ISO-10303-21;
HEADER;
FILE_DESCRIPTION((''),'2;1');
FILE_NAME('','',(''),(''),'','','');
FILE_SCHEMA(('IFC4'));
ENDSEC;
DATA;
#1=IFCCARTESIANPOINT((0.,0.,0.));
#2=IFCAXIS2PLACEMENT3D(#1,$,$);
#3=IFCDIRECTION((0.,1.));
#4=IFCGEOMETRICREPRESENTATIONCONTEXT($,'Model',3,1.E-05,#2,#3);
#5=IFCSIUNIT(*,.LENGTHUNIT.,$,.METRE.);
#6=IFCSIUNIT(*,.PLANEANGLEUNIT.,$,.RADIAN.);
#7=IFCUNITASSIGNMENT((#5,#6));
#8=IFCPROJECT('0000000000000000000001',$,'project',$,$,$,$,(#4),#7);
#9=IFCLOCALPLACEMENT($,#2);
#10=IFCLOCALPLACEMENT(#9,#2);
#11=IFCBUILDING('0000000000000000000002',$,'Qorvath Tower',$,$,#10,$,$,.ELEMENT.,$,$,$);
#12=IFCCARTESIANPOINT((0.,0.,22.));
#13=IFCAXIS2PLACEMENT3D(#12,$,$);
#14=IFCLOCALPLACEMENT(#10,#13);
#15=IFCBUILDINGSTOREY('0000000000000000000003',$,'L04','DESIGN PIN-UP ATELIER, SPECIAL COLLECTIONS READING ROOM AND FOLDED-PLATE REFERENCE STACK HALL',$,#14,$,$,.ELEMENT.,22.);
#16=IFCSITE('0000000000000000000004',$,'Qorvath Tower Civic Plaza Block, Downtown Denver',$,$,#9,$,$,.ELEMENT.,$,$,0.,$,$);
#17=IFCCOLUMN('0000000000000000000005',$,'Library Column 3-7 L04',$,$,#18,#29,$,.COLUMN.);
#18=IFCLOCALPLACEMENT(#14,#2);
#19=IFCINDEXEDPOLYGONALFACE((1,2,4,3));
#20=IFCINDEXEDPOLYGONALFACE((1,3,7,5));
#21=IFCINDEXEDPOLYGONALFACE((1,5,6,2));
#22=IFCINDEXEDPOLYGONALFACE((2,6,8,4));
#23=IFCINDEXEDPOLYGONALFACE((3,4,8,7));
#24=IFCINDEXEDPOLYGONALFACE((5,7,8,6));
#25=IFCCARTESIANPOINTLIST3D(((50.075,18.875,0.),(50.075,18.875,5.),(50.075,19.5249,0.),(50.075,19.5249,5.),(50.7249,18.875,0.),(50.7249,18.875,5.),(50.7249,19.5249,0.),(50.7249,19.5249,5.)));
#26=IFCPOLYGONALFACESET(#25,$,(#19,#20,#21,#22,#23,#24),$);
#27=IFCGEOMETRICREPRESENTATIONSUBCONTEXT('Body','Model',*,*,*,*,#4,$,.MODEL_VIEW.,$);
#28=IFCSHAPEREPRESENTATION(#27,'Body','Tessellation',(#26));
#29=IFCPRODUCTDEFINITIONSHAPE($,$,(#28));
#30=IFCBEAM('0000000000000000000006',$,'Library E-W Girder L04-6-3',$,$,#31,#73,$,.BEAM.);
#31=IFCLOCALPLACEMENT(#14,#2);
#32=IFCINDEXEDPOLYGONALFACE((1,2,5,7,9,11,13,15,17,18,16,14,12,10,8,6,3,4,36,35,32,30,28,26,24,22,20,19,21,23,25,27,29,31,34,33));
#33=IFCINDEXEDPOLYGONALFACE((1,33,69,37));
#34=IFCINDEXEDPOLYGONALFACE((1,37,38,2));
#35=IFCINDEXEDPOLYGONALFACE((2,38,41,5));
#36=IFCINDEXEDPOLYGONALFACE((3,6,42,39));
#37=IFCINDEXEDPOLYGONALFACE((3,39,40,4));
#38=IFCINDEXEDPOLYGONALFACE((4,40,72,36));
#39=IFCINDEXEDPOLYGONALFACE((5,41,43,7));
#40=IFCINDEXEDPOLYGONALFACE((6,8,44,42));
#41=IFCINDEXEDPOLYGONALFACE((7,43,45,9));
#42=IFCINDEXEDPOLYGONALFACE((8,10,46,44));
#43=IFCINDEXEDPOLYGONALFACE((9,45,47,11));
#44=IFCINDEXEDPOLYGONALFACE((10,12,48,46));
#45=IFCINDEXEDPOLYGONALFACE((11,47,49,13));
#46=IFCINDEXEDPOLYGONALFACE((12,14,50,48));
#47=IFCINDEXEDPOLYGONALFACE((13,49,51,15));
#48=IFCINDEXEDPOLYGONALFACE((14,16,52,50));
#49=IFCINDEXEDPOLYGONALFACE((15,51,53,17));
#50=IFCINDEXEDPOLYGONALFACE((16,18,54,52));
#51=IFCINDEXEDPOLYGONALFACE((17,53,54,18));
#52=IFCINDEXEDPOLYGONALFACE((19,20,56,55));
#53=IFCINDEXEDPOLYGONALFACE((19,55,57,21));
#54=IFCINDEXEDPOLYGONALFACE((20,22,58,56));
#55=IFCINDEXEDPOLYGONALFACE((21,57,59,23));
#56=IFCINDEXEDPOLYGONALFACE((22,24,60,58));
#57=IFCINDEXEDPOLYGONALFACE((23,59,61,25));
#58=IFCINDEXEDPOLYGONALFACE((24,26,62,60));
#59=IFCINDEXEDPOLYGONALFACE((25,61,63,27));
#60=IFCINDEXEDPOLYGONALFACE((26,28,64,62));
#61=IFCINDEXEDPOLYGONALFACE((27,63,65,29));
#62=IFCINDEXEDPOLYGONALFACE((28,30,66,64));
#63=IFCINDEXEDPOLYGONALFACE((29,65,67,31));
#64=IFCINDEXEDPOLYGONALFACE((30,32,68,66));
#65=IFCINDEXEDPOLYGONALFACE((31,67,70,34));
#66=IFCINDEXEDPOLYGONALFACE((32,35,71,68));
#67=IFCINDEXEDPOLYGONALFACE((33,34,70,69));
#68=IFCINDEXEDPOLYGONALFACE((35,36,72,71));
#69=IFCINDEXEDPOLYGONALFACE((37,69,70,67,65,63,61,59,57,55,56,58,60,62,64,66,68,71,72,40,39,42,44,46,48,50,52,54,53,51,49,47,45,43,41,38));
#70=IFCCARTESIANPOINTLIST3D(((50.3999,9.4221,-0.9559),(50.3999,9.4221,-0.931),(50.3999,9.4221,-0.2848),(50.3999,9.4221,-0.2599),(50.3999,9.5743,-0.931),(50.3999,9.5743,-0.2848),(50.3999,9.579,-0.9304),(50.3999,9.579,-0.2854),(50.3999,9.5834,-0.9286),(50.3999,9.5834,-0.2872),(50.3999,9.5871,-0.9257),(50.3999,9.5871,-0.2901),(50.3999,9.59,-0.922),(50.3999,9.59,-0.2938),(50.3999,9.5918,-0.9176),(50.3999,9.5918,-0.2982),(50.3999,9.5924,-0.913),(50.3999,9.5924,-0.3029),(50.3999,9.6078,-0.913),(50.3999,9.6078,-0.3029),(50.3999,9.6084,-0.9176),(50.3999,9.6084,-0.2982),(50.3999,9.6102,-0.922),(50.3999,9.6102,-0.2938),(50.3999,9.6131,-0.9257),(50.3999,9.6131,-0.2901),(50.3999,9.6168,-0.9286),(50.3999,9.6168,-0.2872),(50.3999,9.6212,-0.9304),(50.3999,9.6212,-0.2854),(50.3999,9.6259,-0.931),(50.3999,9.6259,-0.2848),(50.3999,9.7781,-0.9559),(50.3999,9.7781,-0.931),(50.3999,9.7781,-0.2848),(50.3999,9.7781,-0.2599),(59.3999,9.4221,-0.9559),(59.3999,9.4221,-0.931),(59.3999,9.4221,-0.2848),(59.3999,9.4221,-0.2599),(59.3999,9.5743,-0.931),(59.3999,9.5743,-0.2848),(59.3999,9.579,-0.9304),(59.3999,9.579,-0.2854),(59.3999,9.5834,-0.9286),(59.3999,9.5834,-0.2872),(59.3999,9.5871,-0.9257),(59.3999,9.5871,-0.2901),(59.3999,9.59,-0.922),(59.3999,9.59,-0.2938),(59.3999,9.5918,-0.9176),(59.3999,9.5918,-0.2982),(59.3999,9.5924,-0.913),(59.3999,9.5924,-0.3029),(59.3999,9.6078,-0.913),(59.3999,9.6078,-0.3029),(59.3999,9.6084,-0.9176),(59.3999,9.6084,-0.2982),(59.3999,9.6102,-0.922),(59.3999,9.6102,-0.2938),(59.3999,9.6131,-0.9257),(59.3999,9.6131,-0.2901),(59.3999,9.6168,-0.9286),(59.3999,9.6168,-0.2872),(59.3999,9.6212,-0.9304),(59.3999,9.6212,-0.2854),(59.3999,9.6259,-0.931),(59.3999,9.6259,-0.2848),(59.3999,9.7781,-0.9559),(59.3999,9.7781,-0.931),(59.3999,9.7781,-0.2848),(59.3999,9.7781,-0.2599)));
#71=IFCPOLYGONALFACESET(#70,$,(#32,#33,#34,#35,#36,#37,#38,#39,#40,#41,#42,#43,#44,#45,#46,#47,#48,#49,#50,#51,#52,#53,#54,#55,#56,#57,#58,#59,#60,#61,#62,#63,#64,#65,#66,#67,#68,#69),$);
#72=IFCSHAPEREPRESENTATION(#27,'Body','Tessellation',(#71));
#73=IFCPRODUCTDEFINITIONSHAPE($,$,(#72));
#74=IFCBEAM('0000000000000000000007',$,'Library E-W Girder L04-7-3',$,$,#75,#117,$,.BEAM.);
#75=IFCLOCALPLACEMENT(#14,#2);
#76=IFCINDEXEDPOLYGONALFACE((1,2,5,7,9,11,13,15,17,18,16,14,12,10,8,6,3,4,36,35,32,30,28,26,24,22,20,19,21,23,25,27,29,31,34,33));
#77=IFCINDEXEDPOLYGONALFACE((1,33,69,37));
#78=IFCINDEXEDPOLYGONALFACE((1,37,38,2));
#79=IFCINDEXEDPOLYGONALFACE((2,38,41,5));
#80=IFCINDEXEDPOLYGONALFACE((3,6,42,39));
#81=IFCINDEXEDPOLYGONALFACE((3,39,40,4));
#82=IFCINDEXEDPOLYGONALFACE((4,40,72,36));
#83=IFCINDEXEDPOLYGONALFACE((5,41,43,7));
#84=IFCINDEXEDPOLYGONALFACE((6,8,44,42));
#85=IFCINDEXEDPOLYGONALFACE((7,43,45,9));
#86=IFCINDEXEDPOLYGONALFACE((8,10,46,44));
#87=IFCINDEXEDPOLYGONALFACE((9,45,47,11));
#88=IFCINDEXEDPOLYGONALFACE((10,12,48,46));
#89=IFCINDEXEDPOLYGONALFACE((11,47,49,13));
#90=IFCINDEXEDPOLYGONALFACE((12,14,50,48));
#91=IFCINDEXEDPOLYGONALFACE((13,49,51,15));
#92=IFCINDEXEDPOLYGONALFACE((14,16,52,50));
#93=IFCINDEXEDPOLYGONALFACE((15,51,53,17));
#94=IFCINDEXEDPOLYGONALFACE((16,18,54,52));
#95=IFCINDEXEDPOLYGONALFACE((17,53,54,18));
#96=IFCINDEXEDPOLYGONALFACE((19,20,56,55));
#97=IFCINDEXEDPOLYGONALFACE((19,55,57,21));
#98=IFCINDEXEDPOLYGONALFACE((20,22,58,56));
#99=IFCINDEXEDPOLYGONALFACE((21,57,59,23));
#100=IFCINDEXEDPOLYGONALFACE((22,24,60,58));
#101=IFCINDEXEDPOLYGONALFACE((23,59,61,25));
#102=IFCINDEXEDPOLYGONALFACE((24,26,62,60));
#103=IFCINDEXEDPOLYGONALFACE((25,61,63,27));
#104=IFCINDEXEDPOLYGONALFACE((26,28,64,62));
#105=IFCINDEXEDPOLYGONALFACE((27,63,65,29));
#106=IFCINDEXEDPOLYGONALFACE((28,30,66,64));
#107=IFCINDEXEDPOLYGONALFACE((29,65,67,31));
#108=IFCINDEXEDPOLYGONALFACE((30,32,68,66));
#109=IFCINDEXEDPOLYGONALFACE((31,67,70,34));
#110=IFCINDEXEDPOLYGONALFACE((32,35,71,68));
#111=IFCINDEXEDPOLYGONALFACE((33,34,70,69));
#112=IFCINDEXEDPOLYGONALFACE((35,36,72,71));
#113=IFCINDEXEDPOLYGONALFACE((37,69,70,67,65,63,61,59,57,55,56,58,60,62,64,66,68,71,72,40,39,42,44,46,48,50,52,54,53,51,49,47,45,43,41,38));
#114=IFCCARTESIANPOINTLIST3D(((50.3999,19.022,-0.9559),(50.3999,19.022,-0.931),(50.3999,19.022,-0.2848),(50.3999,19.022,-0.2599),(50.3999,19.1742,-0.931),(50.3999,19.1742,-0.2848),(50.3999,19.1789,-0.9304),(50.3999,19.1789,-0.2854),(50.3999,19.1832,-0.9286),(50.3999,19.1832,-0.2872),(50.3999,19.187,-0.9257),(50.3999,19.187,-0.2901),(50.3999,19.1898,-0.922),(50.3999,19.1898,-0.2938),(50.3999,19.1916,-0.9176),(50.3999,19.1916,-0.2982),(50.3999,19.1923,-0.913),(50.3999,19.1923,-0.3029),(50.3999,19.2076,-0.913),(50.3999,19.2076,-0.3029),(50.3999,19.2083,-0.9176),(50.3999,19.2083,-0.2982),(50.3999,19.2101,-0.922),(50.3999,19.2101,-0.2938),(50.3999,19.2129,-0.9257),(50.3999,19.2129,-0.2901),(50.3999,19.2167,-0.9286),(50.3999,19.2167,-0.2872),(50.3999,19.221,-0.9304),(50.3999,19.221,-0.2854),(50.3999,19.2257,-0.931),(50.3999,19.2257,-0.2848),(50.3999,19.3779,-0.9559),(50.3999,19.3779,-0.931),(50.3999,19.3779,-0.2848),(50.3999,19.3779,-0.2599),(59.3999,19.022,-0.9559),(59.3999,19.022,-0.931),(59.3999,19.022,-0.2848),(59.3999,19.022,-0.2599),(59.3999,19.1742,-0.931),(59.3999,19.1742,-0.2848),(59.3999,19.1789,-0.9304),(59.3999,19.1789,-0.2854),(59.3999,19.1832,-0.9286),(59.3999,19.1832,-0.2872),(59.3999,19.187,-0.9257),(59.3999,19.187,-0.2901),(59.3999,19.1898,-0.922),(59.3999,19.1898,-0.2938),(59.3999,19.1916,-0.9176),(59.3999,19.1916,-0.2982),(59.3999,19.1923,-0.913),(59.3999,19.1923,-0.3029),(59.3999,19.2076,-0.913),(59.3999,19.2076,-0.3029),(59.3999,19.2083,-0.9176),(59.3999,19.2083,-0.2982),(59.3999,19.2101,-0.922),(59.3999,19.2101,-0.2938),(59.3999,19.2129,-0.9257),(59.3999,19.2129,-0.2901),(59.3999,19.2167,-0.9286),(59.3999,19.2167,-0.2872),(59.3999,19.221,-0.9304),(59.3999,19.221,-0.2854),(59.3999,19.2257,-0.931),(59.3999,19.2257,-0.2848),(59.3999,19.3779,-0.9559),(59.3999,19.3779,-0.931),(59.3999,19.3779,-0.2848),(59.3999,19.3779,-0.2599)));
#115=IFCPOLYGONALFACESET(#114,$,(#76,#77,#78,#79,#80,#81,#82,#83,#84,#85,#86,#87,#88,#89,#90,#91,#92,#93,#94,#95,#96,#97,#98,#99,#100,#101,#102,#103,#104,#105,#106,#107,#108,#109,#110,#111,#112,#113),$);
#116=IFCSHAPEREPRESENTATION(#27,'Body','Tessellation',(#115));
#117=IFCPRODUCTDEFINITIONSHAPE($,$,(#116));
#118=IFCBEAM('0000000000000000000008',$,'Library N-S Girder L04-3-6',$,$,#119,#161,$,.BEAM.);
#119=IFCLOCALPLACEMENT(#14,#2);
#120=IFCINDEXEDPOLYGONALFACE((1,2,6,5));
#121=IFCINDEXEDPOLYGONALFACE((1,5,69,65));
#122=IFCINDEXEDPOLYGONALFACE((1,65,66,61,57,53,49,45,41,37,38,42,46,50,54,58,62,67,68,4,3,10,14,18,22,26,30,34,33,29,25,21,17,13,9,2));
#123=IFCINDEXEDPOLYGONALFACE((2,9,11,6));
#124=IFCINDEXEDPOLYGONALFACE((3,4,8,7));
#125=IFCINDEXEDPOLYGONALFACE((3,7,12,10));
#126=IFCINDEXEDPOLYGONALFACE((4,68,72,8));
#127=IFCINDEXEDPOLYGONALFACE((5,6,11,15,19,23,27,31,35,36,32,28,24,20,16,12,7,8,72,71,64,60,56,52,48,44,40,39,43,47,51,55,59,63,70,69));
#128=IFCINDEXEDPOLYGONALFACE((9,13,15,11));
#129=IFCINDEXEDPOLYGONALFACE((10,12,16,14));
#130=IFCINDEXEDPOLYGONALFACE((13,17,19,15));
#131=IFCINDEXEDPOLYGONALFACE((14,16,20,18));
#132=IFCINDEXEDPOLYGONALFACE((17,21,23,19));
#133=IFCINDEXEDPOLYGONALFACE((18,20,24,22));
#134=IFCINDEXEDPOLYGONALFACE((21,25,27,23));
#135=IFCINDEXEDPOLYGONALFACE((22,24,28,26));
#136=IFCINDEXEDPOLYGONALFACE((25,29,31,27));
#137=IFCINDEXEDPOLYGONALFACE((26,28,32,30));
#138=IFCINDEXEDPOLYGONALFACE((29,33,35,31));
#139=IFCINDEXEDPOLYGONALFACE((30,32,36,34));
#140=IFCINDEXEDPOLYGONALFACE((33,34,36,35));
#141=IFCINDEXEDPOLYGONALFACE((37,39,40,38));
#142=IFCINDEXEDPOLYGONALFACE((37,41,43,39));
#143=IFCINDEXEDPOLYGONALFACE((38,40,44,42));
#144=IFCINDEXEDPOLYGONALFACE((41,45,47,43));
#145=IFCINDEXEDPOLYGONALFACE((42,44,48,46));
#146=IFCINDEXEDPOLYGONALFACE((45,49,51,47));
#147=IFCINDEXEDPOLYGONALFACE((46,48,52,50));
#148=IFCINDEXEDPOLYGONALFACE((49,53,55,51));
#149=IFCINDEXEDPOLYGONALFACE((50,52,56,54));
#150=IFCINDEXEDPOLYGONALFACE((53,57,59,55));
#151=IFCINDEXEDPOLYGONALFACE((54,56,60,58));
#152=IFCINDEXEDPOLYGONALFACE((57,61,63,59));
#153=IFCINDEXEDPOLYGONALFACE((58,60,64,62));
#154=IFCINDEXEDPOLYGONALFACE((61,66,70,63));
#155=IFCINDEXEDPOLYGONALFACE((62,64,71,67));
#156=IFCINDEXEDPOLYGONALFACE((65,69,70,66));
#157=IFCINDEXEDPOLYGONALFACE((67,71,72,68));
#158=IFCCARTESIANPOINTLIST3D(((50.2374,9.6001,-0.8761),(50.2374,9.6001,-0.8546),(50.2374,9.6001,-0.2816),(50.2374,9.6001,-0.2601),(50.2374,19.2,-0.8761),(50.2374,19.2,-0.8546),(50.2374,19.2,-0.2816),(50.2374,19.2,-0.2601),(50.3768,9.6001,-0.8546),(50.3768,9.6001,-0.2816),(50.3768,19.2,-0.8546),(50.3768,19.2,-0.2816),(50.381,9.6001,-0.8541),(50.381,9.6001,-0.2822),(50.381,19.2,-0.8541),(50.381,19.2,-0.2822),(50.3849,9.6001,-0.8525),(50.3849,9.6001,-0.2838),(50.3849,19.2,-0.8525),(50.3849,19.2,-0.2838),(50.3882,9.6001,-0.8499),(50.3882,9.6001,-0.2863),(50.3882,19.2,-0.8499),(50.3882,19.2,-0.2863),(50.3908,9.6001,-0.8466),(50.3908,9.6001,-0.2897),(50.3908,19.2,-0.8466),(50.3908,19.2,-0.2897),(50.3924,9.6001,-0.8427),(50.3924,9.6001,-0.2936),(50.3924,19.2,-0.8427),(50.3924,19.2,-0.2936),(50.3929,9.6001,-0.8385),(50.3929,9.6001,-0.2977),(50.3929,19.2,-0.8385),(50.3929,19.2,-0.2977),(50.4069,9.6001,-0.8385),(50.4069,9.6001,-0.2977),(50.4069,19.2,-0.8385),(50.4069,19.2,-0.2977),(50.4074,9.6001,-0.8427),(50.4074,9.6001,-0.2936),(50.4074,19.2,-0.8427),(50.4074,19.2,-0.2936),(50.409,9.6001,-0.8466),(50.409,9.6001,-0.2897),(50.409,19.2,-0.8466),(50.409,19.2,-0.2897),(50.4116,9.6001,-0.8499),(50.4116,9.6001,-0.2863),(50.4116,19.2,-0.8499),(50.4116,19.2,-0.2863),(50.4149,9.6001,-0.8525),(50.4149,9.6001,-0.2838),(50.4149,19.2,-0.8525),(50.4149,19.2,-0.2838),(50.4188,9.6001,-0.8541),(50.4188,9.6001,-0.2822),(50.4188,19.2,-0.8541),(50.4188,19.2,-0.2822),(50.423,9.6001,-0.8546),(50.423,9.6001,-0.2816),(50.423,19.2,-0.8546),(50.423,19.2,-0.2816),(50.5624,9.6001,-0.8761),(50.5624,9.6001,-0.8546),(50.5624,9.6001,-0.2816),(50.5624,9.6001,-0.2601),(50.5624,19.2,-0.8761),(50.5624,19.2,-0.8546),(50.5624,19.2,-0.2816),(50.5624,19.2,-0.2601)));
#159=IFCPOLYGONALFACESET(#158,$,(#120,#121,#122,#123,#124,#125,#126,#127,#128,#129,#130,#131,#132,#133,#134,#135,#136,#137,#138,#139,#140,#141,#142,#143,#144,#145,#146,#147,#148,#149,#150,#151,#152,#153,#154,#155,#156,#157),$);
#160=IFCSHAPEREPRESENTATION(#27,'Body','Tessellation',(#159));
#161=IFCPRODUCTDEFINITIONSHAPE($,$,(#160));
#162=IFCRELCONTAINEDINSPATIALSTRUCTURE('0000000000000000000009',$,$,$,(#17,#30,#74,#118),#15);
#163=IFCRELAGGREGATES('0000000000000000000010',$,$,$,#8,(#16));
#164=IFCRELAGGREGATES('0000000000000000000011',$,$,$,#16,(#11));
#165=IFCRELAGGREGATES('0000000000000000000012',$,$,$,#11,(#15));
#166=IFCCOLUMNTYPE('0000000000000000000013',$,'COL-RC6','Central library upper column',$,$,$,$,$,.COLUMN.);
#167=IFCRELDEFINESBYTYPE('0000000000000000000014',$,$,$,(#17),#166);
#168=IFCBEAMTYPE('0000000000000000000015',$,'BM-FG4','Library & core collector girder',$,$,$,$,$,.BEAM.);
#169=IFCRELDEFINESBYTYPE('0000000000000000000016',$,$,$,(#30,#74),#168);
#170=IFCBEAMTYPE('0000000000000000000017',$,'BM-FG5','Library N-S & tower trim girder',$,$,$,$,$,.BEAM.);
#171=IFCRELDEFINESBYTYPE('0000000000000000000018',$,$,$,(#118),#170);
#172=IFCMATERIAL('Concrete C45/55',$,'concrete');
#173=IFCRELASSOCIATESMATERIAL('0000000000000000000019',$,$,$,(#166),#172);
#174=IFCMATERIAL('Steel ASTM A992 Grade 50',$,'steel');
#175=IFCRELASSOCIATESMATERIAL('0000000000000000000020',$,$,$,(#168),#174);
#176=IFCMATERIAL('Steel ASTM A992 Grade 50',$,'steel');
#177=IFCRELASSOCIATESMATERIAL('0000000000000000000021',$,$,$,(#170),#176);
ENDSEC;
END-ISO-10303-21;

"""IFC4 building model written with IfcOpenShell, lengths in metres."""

from ifc_helpers import new_model, si_unit, direction, frame, origin, origin_2d, place, context, subcontext, project, spatial, rectangle, i_section, extrude, material, material_profile, profile_set, type_object, element, save


model = new_model("IFC4")

# Units and contexts
model_context = context("Model", 3, precision=1e-05, world=origin(), true_north=direction((0.0, 1.0)))
body_context = subcontext(model_context, "Body", "Model", "MODEL_VIEW")
ifc_project = project(units=[si_unit("LENGTHUNIT", "METRE"), si_unit("PLANEANGLEUNIT", "RADIAN")], contexts=[model_context])

# Site, building, storey
site_placement = place(None, origin())
site = spatial("IfcSite", under=ifc_project, at=site_placement, Name="Qorvath Tower Civic Plaza Block, Downtown Denver", CompositionType="ELEMENT", RefElevation=0.0)
building_placement = place(site_placement, origin())
building = spatial("IfcBuilding", under=site, at=building_placement, Name="Qorvath Tower", CompositionType="ELEMENT")
storey_placement = place(building_placement, frame((0.0, 0.0, 22.0)))
storey = spatial("IfcBuildingStorey", under=building, at=storey_placement, Name="L04", Description="DESIGN PIN-UP ATELIER, SPECIAL COLLECTIONS READING ROOM AND FOLDED-PLATE REFERENCE STACK HALL", CompositionType="ELEMENT", Elevation=22.0)

# Column
ifc_material_1 = material(Name="Concrete C45/55", Category="concrete")
ifc_material_profile_1 = material_profile(ifc_material_1, rectangle(XDim=0.6499, YDim=0.6499, at=origin_2d()), Name="RC 650x650")
ifc_profile_set_1 = profile_set([ifc_material_profile_1], Name="Concrete C45/55")
column_type = type_object("IfcColumnType", Name="COL-RC6", Description="Central library upper column", PredefinedType="COLUMN", material=ifc_profile_set_1)
column_placement = place(storey_placement, frame((50.3999, 19.2, 0.0), z_axis=(0.0, 0.0, 1.0), x_axis=(1.0, 0.0, 0.0)))
element("IfcColumn", 1, at=column_placement, inside=storey, type_object=column_type, Name="Library Column 3-7 L04", PredefinedType="COLUMN", context=body_context, shape_type="SweptSolid", body=[
    extrude(rectangle(XDim=0.6499, YDim=0.6499, at=origin_2d()), origin(), (0.0, 0.0, 1.0), 5.0),
])

# Beams
ifc_material_2 = material(Name="Steel ASTM A992 Grade 50", Category="steel")
ifc_material_profile_2 = material_profile(ifc_material_2, i_section(OverallWidth=0.356, OverallDepth=0.696, WebThickness=0.0154, FlangeThickness=0.0249, FilletRadius=0.0181, at=origin_2d()), Name="W27x146")
ifc_profile_set_2 = profile_set([ifc_material_profile_2], Name="Steel ASTM A992 Grade 50")
beam_type_1 = type_object("IfcBeamType", Name="BM-FG4", Description="Library & core collector girder", PredefinedType="BEAM", material=ifc_profile_set_2)
for number, where, z_axis, x_axis, name in (
    (2, (50.3999, 9.6001, -0.6079), (1.0, 0.0, 0.0), (0.0, 1.0, 0.0), "Library E-W Girder L04-6-3"),
    (3, (50.3999, 19.2, -0.6079), (1.0, 0.0, 0.0), (0.0, 1.0, 0.0), "Library E-W Girder L04-7-3"),
):
    element("IfcBeam", number, at=place(storey_placement, frame(where, z_axis=z_axis, x_axis=x_axis)), inside=storey, type_object=beam_type_1, Name=name, PredefinedType="BEAM", context=body_context, shape_type="SweptSolid", body=[
        extrude(i_section(OverallWidth=0.356, OverallDepth=0.696, WebThickness=0.0154, FlangeThickness=0.0249, FilletRadius=0.0181, at=origin_2d()), origin(), (0.0, 0.0, 1.0), 9.0),
    ])
ifc_material_3 = material(Name="Steel ASTM A992 Grade 50", Category="steel")
ifc_material_profile_3 = material_profile(ifc_material_3, i_section(OverallWidth=0.325, OverallDepth=0.616, WebThickness=0.0139, FlangeThickness=0.0215, FilletRadius=0.0161, at=origin_2d()), Name="W24x117")
ifc_profile_set_3 = profile_set([ifc_material_profile_3], Name="Steel ASTM A992 Grade 50")
beam_type_2 = type_object("IfcBeamType", Name="BM-FG5", Description="Library N-S & tower trim girder", PredefinedType="BEAM", material=ifc_profile_set_3)
beam_1_placement = place(storey_placement, frame((50.3999, 9.6001, -0.5681), z_axis=(0.0, 1.0, 0.0), x_axis=(-1.0, 0.0, 0.0)))
element("IfcBeam", 4, at=beam_1_placement, inside=storey, type_object=beam_type_2, Name="Library N-S Girder L04-3-6", PredefinedType="BEAM", context=body_context, shape_type="SweptSolid", body=[
    extrude(i_section(OverallWidth=0.325, OverallDepth=0.616, WebThickness=0.0139, FlangeThickness=0.0215, FilletRadius=0.0161, at=origin_2d()), origin(), (0.0, 0.0, 1.0), 9.5999),
])

save(model, "model.ifc")
